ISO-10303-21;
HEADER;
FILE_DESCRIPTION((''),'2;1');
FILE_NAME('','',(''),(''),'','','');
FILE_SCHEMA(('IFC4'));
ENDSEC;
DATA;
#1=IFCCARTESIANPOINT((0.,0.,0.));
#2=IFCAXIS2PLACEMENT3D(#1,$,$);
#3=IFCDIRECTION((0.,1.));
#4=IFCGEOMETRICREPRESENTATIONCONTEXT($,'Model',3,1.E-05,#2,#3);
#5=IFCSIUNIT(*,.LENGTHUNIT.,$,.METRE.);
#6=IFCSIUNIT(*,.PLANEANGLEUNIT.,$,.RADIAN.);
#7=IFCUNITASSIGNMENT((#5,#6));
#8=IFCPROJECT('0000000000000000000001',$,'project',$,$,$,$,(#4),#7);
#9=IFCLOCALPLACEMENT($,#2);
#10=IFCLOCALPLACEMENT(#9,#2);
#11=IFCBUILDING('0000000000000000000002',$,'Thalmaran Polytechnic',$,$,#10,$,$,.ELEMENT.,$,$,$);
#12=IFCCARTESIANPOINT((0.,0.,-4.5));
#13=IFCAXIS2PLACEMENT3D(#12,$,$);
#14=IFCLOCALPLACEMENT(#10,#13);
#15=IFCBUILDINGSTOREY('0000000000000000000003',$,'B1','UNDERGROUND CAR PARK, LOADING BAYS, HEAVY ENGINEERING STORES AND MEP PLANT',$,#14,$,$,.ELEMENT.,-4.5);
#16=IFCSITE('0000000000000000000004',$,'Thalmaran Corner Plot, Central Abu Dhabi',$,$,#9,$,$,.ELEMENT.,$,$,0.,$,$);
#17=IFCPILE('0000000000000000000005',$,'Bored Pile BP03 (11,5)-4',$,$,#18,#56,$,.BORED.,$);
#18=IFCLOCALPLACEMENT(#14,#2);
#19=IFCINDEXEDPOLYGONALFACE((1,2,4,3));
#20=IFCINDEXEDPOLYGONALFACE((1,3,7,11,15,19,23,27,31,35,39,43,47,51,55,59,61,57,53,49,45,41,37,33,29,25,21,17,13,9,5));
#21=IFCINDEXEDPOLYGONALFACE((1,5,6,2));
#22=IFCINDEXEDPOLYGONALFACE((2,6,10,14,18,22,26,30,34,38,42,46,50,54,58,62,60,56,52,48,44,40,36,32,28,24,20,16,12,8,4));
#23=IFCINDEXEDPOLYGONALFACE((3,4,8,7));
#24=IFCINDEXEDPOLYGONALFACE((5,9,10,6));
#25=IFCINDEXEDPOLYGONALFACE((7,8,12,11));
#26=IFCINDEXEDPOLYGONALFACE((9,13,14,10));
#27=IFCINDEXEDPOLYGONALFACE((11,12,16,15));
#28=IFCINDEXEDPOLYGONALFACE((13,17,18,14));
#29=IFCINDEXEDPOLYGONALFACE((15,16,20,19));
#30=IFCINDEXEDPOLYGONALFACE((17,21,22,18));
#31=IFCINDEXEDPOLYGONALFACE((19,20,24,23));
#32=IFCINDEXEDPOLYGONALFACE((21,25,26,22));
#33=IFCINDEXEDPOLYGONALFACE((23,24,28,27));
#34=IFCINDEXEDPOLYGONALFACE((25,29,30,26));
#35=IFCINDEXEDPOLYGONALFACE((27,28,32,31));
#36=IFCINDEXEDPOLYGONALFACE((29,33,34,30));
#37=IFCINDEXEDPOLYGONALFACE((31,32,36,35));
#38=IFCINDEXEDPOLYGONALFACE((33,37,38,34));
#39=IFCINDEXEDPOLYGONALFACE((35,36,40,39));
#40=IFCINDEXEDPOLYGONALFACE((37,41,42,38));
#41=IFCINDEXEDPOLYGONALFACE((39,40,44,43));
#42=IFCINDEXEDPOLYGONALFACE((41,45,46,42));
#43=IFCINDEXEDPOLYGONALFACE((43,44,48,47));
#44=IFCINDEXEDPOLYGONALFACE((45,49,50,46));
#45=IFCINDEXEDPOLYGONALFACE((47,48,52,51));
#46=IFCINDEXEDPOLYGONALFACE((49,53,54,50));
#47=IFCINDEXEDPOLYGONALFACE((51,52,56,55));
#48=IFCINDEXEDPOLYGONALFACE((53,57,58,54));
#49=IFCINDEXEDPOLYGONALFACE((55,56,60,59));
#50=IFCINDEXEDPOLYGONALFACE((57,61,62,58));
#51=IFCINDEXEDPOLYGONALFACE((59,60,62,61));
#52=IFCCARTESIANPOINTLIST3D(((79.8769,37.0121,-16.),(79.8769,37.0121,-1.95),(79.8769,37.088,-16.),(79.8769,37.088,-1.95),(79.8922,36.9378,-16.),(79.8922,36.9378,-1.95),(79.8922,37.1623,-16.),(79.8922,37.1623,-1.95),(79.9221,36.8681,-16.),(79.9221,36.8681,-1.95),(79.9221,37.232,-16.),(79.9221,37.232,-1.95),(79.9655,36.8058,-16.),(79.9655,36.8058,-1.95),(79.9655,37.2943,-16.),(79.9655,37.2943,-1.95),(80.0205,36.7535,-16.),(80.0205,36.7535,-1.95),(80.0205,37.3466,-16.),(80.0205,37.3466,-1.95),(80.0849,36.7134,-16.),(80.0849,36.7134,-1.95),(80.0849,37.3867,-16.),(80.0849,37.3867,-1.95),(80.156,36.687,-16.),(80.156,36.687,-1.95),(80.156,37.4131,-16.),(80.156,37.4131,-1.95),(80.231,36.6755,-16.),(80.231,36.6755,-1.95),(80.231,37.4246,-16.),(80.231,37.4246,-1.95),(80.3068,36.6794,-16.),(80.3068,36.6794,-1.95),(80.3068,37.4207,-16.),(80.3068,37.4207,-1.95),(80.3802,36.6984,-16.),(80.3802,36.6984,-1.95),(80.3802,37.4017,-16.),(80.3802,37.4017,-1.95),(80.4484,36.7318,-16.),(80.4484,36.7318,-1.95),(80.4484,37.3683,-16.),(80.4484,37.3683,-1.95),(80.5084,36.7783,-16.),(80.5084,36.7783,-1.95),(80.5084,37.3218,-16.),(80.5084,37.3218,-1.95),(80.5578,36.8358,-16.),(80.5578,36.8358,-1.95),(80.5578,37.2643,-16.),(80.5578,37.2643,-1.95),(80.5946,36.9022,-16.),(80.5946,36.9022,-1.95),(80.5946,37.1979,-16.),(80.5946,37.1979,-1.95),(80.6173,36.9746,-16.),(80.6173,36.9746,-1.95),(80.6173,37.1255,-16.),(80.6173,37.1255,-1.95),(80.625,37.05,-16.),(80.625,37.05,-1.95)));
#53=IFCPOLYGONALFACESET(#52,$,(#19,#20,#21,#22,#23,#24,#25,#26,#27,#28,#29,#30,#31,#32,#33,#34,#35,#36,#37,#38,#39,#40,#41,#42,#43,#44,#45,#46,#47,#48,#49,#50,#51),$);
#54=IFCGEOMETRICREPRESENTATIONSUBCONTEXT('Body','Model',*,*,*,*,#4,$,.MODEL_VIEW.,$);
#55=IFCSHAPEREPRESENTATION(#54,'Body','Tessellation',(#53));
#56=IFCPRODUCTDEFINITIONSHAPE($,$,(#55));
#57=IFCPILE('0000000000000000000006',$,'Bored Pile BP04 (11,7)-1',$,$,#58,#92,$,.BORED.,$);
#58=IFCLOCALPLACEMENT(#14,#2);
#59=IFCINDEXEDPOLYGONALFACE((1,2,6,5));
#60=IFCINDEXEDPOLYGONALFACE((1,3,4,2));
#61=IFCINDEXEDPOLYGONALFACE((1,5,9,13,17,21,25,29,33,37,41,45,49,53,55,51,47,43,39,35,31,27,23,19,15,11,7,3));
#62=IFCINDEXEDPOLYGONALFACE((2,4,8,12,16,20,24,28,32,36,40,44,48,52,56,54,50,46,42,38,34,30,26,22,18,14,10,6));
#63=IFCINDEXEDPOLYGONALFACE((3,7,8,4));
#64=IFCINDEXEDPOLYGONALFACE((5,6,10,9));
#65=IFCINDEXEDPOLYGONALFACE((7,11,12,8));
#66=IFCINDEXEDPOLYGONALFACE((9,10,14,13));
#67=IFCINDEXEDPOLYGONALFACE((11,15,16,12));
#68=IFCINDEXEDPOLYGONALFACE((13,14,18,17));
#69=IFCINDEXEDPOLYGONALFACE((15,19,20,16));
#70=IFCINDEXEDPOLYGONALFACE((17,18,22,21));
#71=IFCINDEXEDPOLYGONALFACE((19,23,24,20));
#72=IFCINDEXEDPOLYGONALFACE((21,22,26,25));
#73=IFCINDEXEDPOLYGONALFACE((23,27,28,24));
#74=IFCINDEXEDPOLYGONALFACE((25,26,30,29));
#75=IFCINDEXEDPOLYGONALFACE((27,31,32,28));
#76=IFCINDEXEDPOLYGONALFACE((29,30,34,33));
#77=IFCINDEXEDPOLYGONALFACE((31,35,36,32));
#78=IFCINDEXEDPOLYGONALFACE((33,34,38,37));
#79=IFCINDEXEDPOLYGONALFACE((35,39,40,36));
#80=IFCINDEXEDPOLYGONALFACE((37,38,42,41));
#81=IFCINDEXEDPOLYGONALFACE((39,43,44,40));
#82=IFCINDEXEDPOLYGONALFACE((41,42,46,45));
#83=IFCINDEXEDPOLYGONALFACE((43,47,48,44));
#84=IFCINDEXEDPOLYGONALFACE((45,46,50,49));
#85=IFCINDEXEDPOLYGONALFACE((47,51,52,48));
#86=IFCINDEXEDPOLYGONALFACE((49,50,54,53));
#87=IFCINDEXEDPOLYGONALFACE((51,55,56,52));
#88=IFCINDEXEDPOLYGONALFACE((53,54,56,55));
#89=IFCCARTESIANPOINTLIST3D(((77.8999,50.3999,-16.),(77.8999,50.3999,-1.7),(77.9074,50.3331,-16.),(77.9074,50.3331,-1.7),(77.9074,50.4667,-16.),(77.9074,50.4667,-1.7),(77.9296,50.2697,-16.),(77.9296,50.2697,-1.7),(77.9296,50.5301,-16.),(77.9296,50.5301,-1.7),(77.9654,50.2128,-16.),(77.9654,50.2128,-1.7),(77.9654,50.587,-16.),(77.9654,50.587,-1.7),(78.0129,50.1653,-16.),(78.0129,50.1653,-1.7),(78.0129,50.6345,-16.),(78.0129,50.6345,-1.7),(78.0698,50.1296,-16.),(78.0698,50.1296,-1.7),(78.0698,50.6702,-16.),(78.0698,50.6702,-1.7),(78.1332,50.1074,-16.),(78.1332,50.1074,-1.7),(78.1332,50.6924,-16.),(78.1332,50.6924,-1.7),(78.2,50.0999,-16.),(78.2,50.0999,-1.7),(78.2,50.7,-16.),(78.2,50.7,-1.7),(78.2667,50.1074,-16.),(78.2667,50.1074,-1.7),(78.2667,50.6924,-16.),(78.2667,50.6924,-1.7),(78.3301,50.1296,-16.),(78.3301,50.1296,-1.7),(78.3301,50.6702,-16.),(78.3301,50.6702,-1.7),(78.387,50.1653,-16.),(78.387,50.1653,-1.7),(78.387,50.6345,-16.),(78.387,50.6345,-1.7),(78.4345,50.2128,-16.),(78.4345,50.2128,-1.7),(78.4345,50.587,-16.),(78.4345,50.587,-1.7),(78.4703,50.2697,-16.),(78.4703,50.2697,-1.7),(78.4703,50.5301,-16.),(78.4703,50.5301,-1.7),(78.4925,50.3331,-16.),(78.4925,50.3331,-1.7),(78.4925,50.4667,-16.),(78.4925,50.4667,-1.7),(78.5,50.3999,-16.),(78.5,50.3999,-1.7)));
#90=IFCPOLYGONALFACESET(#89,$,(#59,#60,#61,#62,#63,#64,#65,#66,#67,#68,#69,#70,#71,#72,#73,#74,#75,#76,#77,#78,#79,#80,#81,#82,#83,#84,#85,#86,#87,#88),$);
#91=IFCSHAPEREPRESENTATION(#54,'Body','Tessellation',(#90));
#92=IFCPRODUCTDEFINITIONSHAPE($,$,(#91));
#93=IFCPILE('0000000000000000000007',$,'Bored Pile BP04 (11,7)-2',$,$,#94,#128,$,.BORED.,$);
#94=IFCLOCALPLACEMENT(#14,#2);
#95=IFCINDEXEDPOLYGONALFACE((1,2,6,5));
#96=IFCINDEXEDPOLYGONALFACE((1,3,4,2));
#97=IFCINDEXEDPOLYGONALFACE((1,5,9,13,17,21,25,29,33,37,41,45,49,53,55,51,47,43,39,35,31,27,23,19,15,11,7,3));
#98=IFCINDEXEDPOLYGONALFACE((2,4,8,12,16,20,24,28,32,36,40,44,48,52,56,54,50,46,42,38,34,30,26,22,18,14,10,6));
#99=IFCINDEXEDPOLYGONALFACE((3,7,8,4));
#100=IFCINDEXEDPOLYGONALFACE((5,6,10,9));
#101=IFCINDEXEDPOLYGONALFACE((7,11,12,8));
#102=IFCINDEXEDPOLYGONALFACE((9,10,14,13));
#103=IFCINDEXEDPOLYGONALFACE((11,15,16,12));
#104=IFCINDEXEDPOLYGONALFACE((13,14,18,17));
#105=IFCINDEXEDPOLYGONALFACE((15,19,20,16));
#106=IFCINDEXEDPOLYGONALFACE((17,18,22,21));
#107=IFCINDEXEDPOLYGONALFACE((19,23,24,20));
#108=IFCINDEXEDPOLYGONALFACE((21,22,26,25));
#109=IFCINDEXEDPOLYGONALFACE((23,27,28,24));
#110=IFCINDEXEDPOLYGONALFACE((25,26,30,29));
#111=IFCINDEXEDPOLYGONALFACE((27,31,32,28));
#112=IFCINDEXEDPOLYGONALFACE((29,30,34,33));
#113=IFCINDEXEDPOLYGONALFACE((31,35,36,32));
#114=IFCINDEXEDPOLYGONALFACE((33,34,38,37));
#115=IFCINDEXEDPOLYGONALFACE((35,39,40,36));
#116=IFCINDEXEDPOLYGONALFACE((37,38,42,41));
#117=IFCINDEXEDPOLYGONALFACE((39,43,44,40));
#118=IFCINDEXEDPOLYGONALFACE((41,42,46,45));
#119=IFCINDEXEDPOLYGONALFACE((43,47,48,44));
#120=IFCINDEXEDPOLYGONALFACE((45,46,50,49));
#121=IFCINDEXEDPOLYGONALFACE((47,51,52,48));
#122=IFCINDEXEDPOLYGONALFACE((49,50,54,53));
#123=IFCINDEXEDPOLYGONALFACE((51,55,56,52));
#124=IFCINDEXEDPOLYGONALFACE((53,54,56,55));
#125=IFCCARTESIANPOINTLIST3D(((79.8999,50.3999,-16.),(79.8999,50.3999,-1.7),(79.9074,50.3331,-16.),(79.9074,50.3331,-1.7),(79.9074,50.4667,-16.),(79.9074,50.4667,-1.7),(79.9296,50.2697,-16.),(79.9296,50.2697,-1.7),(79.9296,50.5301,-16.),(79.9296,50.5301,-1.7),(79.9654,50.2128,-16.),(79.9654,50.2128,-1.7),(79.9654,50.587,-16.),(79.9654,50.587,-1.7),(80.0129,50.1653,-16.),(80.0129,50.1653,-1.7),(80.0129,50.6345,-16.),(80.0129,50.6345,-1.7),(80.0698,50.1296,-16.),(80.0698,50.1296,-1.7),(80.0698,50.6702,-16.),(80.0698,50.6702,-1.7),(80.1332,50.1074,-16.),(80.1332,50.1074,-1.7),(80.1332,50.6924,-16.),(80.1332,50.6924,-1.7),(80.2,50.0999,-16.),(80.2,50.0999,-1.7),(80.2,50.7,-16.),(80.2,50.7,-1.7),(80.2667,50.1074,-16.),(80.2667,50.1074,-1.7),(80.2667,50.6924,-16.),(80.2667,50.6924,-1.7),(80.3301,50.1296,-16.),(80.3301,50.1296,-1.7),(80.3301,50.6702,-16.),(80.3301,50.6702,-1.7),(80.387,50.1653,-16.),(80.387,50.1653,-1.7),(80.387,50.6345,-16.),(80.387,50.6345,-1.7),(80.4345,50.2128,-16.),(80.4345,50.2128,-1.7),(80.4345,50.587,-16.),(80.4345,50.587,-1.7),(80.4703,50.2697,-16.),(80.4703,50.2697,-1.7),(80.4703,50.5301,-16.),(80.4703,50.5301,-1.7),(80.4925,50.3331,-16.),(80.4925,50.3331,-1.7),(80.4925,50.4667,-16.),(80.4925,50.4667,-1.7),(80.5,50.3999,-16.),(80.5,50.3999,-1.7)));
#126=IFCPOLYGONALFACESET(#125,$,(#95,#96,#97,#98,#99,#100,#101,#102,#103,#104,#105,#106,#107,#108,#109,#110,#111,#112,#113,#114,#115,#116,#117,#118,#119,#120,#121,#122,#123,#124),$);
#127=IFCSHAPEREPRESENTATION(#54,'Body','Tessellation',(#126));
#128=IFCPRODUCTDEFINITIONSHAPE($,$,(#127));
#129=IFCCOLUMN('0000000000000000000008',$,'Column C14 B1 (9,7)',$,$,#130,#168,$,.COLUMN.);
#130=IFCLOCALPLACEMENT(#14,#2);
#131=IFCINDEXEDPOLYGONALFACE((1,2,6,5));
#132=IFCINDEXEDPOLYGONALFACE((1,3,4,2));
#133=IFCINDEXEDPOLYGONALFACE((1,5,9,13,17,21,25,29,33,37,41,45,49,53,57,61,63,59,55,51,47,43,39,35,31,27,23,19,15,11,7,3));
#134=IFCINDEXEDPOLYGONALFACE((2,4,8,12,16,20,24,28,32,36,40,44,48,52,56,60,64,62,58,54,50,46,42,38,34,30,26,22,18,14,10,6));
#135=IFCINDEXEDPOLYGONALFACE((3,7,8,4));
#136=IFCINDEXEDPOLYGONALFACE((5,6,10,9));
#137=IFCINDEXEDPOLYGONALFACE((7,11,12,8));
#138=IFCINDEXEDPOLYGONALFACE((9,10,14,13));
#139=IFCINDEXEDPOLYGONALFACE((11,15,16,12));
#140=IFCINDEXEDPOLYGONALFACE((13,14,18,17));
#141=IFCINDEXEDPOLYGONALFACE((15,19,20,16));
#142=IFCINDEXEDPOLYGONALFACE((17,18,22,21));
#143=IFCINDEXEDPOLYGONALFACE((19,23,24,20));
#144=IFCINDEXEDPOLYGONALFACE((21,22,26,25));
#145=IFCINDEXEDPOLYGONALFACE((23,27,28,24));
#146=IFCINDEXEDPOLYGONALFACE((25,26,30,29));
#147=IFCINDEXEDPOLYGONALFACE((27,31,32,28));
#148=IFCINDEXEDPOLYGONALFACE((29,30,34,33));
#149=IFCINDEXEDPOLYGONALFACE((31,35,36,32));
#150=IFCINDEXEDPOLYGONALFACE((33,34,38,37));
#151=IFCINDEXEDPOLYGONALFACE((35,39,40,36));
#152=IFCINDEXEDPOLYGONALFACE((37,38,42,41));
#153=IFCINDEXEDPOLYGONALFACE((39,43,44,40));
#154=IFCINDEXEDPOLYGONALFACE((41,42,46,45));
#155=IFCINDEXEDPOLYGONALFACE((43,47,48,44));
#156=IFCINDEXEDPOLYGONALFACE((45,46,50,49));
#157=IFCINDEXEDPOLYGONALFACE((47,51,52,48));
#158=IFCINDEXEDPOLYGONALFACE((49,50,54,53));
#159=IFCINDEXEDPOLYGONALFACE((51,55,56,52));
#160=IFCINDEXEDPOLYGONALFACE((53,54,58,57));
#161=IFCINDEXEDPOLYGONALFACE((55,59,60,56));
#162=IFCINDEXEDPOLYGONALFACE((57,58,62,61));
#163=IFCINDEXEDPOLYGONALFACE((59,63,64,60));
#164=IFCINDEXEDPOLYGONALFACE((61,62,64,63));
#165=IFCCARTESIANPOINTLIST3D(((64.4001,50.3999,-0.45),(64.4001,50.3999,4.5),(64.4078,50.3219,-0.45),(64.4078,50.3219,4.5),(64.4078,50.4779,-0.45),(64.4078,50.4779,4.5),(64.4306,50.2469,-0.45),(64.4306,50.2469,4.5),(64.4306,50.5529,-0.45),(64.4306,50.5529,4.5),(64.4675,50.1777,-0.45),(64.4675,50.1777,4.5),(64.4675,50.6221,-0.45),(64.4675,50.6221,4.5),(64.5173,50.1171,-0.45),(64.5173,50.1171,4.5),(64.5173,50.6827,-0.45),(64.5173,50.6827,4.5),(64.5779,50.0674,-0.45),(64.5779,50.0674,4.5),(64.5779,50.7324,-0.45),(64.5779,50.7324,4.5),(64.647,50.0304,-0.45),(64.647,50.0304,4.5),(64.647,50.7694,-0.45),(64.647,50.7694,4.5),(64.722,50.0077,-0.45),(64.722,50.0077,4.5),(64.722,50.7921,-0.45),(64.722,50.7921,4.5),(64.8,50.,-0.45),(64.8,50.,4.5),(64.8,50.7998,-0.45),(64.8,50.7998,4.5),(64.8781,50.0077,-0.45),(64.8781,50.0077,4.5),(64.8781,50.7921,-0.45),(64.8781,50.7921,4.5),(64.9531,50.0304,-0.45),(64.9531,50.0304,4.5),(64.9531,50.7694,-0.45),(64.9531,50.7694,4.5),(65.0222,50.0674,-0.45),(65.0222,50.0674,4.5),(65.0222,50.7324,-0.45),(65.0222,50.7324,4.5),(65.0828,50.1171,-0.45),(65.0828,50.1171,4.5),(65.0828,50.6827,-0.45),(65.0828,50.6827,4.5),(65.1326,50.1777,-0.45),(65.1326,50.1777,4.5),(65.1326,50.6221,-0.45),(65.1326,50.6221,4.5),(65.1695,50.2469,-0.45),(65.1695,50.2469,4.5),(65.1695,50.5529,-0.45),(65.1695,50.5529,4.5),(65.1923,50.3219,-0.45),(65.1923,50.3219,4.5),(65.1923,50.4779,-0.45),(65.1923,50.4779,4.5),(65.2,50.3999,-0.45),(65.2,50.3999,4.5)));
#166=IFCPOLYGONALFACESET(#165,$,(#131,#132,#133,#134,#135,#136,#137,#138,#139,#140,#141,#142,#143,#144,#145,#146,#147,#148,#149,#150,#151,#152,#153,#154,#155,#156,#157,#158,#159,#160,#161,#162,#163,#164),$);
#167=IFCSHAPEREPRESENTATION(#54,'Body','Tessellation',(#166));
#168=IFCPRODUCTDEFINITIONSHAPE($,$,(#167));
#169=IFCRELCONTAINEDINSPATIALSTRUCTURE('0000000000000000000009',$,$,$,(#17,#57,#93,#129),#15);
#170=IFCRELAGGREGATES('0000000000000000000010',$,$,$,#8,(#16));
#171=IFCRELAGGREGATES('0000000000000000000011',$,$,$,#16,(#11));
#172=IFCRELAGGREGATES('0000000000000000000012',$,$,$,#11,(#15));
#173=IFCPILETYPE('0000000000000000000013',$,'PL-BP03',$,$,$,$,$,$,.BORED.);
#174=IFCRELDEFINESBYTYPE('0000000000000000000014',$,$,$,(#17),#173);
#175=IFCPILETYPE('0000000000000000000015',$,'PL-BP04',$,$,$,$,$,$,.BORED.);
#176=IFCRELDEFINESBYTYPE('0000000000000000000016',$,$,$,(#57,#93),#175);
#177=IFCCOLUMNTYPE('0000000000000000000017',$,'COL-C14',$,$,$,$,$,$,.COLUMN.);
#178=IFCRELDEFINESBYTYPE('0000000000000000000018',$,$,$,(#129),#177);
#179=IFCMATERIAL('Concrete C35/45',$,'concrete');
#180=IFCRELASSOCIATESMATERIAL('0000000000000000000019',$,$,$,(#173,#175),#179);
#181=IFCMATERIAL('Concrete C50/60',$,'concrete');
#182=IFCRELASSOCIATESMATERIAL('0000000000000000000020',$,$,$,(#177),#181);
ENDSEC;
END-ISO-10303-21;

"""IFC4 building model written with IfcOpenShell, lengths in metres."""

from ifc_helpers import new_model, si_unit, direction, frame, origin, origin_2d, place, context, subcontext, project, spatial, circle, extrude, material, material_profile, profile_set, type_object, element, save


model = new_model("IFC4")

# Units and contexts
model_context = context("Model", 3, precision=1e-05, world=origin(), true_north=direction((0.0, 1.0)))
body_context = subcontext(model_context, "Body", "Model", "MODEL_VIEW")
ifc_project = project(units=[si_unit("LENGTHUNIT", "METRE"), si_unit("PLANEANGLEUNIT", "RADIAN")], contexts=[model_context])

# Site, building, storey
site_placement = place(None, origin())
site = spatial("IfcSite", under=ifc_project, at=site_placement, Name="Thalmaran Corner Plot, Central Abu Dhabi", CompositionType="ELEMENT", RefElevation=0.0)
building_placement = place(site_placement, origin())
building = spatial("IfcBuilding", under=site, at=building_placement, Name="Thalmaran Polytechnic", CompositionType="ELEMENT")
storey_placement = place(building_placement, frame((0.0, 0.0, -4.5)))
storey = spatial("IfcBuildingStorey", under=building, at=storey_placement, Name="B1", Description="UNDERGROUND CAR PARK, LOADING BAYS, HEAVY ENGINEERING STORES AND MEP PLANT", CompositionType="ELEMENT", Elevation=-4.5)

# Piles
ifc_material_1 = material(Name="Concrete C35/45", Category="concrete")
ifc_material_profile_1 = material_profile(ifc_material_1, circle(Radius=0.375, at=origin_2d()), Name="RC 750 DIA")
ifc_profile_set_1 = profile_set([ifc_material_profile_1], Name="Concrete C35/45")
pile_type_1 = type_object("IfcPileType", Name="PL-BP03", PredefinedType="BORED", material=ifc_profile_set_1)
for number, where, z_axis, x_axis, name in (
    (1, (80.25, 37.05, -1.95), (0.0, 0.0, -1.0), (1.0, 0.0, 0.0), "Bored Pile BP03 (11,5)-4"),
):
    element("IfcPile", number, at=place(storey_placement, frame(where, z_axis=z_axis, x_axis=x_axis)), inside=storey, type_object=pile_type_1, Name=name, PredefinedType="BORED", context=body_context, shape_type="SweptSolid", body=[
        extrude(circle(Radius=0.375, at=origin_2d()), origin(), (0.0, 0.0, 1.0), 14.05),
    ])
ifc_material_profile_2 = material_profile(ifc_material_1, circle(Radius=0.3, at=origin_2d()), Name="RC 600 DIA")
ifc_profile_set_2 = profile_set([ifc_material_profile_2], Name="Concrete C35/45")
pile_type_2 = type_object("IfcPileType", Name="PL-BP04", PredefinedType="BORED", material=ifc_profile_set_2)
for number, where, z_axis, x_axis, name in (
    (2, (78.2, 50.3999, -1.7), (0.0, 0.0, -1.0), (1.0, 0.0, 0.0), "Bored Pile BP04 (11,7)-1"),
    (3, (80.2, 50.3999, -1.7), (0.0, 0.0, -1.0), (1.0, 0.0, 0.0), "Bored Pile BP04 (11,7)-2"),
):
    element("IfcPile", number, at=place(storey_placement, frame(where, z_axis=z_axis, x_axis=x_axis)), inside=storey, type_object=pile_type_2, Name=name, PredefinedType="BORED", context=body_context, shape_type="SweptSolid", body=[
        extrude(circle(Radius=0.3, at=origin_2d()), origin(), (0.0, 0.0, 1.0), 14.3),
    ])

# Column
ifc_material_2 = material(Name="Concrete C50/60", Category="concrete")
ifc_material_profile_3 = material_profile(ifc_material_2, circle(Radius=0.3999, at=origin_2d()), Name="RC 800 DIA")
ifc_profile_set_3 = profile_set([ifc_material_profile_3], Name="Concrete C50/60")
column_type = type_object("IfcColumnType", Name="COL-C14", PredefinedType="COLUMN", material=ifc_profile_set_3)
for number, where, z_axis, x_axis, name in (
    (4, (64.8, 50.3999, -0.45), (0.0, 0.0, 1.0), (1.0, 0.0, 0.0), "Column C14 B1 (9,7)"),
):
    element("IfcColumn", number, at=place(storey_placement, frame(where, z_axis=z_axis, x_axis=x_axis)), inside=storey, type_object=column_type, Name=name, PredefinedType="COLUMN", context=body_context, shape_type="SweptSolid", body=[
        extrude(circle(Radius=0.3999, at=origin_2d()), origin(), (0.0, 0.0, 1.0), 4.95),
    ])

save(model, "model.ifc")
